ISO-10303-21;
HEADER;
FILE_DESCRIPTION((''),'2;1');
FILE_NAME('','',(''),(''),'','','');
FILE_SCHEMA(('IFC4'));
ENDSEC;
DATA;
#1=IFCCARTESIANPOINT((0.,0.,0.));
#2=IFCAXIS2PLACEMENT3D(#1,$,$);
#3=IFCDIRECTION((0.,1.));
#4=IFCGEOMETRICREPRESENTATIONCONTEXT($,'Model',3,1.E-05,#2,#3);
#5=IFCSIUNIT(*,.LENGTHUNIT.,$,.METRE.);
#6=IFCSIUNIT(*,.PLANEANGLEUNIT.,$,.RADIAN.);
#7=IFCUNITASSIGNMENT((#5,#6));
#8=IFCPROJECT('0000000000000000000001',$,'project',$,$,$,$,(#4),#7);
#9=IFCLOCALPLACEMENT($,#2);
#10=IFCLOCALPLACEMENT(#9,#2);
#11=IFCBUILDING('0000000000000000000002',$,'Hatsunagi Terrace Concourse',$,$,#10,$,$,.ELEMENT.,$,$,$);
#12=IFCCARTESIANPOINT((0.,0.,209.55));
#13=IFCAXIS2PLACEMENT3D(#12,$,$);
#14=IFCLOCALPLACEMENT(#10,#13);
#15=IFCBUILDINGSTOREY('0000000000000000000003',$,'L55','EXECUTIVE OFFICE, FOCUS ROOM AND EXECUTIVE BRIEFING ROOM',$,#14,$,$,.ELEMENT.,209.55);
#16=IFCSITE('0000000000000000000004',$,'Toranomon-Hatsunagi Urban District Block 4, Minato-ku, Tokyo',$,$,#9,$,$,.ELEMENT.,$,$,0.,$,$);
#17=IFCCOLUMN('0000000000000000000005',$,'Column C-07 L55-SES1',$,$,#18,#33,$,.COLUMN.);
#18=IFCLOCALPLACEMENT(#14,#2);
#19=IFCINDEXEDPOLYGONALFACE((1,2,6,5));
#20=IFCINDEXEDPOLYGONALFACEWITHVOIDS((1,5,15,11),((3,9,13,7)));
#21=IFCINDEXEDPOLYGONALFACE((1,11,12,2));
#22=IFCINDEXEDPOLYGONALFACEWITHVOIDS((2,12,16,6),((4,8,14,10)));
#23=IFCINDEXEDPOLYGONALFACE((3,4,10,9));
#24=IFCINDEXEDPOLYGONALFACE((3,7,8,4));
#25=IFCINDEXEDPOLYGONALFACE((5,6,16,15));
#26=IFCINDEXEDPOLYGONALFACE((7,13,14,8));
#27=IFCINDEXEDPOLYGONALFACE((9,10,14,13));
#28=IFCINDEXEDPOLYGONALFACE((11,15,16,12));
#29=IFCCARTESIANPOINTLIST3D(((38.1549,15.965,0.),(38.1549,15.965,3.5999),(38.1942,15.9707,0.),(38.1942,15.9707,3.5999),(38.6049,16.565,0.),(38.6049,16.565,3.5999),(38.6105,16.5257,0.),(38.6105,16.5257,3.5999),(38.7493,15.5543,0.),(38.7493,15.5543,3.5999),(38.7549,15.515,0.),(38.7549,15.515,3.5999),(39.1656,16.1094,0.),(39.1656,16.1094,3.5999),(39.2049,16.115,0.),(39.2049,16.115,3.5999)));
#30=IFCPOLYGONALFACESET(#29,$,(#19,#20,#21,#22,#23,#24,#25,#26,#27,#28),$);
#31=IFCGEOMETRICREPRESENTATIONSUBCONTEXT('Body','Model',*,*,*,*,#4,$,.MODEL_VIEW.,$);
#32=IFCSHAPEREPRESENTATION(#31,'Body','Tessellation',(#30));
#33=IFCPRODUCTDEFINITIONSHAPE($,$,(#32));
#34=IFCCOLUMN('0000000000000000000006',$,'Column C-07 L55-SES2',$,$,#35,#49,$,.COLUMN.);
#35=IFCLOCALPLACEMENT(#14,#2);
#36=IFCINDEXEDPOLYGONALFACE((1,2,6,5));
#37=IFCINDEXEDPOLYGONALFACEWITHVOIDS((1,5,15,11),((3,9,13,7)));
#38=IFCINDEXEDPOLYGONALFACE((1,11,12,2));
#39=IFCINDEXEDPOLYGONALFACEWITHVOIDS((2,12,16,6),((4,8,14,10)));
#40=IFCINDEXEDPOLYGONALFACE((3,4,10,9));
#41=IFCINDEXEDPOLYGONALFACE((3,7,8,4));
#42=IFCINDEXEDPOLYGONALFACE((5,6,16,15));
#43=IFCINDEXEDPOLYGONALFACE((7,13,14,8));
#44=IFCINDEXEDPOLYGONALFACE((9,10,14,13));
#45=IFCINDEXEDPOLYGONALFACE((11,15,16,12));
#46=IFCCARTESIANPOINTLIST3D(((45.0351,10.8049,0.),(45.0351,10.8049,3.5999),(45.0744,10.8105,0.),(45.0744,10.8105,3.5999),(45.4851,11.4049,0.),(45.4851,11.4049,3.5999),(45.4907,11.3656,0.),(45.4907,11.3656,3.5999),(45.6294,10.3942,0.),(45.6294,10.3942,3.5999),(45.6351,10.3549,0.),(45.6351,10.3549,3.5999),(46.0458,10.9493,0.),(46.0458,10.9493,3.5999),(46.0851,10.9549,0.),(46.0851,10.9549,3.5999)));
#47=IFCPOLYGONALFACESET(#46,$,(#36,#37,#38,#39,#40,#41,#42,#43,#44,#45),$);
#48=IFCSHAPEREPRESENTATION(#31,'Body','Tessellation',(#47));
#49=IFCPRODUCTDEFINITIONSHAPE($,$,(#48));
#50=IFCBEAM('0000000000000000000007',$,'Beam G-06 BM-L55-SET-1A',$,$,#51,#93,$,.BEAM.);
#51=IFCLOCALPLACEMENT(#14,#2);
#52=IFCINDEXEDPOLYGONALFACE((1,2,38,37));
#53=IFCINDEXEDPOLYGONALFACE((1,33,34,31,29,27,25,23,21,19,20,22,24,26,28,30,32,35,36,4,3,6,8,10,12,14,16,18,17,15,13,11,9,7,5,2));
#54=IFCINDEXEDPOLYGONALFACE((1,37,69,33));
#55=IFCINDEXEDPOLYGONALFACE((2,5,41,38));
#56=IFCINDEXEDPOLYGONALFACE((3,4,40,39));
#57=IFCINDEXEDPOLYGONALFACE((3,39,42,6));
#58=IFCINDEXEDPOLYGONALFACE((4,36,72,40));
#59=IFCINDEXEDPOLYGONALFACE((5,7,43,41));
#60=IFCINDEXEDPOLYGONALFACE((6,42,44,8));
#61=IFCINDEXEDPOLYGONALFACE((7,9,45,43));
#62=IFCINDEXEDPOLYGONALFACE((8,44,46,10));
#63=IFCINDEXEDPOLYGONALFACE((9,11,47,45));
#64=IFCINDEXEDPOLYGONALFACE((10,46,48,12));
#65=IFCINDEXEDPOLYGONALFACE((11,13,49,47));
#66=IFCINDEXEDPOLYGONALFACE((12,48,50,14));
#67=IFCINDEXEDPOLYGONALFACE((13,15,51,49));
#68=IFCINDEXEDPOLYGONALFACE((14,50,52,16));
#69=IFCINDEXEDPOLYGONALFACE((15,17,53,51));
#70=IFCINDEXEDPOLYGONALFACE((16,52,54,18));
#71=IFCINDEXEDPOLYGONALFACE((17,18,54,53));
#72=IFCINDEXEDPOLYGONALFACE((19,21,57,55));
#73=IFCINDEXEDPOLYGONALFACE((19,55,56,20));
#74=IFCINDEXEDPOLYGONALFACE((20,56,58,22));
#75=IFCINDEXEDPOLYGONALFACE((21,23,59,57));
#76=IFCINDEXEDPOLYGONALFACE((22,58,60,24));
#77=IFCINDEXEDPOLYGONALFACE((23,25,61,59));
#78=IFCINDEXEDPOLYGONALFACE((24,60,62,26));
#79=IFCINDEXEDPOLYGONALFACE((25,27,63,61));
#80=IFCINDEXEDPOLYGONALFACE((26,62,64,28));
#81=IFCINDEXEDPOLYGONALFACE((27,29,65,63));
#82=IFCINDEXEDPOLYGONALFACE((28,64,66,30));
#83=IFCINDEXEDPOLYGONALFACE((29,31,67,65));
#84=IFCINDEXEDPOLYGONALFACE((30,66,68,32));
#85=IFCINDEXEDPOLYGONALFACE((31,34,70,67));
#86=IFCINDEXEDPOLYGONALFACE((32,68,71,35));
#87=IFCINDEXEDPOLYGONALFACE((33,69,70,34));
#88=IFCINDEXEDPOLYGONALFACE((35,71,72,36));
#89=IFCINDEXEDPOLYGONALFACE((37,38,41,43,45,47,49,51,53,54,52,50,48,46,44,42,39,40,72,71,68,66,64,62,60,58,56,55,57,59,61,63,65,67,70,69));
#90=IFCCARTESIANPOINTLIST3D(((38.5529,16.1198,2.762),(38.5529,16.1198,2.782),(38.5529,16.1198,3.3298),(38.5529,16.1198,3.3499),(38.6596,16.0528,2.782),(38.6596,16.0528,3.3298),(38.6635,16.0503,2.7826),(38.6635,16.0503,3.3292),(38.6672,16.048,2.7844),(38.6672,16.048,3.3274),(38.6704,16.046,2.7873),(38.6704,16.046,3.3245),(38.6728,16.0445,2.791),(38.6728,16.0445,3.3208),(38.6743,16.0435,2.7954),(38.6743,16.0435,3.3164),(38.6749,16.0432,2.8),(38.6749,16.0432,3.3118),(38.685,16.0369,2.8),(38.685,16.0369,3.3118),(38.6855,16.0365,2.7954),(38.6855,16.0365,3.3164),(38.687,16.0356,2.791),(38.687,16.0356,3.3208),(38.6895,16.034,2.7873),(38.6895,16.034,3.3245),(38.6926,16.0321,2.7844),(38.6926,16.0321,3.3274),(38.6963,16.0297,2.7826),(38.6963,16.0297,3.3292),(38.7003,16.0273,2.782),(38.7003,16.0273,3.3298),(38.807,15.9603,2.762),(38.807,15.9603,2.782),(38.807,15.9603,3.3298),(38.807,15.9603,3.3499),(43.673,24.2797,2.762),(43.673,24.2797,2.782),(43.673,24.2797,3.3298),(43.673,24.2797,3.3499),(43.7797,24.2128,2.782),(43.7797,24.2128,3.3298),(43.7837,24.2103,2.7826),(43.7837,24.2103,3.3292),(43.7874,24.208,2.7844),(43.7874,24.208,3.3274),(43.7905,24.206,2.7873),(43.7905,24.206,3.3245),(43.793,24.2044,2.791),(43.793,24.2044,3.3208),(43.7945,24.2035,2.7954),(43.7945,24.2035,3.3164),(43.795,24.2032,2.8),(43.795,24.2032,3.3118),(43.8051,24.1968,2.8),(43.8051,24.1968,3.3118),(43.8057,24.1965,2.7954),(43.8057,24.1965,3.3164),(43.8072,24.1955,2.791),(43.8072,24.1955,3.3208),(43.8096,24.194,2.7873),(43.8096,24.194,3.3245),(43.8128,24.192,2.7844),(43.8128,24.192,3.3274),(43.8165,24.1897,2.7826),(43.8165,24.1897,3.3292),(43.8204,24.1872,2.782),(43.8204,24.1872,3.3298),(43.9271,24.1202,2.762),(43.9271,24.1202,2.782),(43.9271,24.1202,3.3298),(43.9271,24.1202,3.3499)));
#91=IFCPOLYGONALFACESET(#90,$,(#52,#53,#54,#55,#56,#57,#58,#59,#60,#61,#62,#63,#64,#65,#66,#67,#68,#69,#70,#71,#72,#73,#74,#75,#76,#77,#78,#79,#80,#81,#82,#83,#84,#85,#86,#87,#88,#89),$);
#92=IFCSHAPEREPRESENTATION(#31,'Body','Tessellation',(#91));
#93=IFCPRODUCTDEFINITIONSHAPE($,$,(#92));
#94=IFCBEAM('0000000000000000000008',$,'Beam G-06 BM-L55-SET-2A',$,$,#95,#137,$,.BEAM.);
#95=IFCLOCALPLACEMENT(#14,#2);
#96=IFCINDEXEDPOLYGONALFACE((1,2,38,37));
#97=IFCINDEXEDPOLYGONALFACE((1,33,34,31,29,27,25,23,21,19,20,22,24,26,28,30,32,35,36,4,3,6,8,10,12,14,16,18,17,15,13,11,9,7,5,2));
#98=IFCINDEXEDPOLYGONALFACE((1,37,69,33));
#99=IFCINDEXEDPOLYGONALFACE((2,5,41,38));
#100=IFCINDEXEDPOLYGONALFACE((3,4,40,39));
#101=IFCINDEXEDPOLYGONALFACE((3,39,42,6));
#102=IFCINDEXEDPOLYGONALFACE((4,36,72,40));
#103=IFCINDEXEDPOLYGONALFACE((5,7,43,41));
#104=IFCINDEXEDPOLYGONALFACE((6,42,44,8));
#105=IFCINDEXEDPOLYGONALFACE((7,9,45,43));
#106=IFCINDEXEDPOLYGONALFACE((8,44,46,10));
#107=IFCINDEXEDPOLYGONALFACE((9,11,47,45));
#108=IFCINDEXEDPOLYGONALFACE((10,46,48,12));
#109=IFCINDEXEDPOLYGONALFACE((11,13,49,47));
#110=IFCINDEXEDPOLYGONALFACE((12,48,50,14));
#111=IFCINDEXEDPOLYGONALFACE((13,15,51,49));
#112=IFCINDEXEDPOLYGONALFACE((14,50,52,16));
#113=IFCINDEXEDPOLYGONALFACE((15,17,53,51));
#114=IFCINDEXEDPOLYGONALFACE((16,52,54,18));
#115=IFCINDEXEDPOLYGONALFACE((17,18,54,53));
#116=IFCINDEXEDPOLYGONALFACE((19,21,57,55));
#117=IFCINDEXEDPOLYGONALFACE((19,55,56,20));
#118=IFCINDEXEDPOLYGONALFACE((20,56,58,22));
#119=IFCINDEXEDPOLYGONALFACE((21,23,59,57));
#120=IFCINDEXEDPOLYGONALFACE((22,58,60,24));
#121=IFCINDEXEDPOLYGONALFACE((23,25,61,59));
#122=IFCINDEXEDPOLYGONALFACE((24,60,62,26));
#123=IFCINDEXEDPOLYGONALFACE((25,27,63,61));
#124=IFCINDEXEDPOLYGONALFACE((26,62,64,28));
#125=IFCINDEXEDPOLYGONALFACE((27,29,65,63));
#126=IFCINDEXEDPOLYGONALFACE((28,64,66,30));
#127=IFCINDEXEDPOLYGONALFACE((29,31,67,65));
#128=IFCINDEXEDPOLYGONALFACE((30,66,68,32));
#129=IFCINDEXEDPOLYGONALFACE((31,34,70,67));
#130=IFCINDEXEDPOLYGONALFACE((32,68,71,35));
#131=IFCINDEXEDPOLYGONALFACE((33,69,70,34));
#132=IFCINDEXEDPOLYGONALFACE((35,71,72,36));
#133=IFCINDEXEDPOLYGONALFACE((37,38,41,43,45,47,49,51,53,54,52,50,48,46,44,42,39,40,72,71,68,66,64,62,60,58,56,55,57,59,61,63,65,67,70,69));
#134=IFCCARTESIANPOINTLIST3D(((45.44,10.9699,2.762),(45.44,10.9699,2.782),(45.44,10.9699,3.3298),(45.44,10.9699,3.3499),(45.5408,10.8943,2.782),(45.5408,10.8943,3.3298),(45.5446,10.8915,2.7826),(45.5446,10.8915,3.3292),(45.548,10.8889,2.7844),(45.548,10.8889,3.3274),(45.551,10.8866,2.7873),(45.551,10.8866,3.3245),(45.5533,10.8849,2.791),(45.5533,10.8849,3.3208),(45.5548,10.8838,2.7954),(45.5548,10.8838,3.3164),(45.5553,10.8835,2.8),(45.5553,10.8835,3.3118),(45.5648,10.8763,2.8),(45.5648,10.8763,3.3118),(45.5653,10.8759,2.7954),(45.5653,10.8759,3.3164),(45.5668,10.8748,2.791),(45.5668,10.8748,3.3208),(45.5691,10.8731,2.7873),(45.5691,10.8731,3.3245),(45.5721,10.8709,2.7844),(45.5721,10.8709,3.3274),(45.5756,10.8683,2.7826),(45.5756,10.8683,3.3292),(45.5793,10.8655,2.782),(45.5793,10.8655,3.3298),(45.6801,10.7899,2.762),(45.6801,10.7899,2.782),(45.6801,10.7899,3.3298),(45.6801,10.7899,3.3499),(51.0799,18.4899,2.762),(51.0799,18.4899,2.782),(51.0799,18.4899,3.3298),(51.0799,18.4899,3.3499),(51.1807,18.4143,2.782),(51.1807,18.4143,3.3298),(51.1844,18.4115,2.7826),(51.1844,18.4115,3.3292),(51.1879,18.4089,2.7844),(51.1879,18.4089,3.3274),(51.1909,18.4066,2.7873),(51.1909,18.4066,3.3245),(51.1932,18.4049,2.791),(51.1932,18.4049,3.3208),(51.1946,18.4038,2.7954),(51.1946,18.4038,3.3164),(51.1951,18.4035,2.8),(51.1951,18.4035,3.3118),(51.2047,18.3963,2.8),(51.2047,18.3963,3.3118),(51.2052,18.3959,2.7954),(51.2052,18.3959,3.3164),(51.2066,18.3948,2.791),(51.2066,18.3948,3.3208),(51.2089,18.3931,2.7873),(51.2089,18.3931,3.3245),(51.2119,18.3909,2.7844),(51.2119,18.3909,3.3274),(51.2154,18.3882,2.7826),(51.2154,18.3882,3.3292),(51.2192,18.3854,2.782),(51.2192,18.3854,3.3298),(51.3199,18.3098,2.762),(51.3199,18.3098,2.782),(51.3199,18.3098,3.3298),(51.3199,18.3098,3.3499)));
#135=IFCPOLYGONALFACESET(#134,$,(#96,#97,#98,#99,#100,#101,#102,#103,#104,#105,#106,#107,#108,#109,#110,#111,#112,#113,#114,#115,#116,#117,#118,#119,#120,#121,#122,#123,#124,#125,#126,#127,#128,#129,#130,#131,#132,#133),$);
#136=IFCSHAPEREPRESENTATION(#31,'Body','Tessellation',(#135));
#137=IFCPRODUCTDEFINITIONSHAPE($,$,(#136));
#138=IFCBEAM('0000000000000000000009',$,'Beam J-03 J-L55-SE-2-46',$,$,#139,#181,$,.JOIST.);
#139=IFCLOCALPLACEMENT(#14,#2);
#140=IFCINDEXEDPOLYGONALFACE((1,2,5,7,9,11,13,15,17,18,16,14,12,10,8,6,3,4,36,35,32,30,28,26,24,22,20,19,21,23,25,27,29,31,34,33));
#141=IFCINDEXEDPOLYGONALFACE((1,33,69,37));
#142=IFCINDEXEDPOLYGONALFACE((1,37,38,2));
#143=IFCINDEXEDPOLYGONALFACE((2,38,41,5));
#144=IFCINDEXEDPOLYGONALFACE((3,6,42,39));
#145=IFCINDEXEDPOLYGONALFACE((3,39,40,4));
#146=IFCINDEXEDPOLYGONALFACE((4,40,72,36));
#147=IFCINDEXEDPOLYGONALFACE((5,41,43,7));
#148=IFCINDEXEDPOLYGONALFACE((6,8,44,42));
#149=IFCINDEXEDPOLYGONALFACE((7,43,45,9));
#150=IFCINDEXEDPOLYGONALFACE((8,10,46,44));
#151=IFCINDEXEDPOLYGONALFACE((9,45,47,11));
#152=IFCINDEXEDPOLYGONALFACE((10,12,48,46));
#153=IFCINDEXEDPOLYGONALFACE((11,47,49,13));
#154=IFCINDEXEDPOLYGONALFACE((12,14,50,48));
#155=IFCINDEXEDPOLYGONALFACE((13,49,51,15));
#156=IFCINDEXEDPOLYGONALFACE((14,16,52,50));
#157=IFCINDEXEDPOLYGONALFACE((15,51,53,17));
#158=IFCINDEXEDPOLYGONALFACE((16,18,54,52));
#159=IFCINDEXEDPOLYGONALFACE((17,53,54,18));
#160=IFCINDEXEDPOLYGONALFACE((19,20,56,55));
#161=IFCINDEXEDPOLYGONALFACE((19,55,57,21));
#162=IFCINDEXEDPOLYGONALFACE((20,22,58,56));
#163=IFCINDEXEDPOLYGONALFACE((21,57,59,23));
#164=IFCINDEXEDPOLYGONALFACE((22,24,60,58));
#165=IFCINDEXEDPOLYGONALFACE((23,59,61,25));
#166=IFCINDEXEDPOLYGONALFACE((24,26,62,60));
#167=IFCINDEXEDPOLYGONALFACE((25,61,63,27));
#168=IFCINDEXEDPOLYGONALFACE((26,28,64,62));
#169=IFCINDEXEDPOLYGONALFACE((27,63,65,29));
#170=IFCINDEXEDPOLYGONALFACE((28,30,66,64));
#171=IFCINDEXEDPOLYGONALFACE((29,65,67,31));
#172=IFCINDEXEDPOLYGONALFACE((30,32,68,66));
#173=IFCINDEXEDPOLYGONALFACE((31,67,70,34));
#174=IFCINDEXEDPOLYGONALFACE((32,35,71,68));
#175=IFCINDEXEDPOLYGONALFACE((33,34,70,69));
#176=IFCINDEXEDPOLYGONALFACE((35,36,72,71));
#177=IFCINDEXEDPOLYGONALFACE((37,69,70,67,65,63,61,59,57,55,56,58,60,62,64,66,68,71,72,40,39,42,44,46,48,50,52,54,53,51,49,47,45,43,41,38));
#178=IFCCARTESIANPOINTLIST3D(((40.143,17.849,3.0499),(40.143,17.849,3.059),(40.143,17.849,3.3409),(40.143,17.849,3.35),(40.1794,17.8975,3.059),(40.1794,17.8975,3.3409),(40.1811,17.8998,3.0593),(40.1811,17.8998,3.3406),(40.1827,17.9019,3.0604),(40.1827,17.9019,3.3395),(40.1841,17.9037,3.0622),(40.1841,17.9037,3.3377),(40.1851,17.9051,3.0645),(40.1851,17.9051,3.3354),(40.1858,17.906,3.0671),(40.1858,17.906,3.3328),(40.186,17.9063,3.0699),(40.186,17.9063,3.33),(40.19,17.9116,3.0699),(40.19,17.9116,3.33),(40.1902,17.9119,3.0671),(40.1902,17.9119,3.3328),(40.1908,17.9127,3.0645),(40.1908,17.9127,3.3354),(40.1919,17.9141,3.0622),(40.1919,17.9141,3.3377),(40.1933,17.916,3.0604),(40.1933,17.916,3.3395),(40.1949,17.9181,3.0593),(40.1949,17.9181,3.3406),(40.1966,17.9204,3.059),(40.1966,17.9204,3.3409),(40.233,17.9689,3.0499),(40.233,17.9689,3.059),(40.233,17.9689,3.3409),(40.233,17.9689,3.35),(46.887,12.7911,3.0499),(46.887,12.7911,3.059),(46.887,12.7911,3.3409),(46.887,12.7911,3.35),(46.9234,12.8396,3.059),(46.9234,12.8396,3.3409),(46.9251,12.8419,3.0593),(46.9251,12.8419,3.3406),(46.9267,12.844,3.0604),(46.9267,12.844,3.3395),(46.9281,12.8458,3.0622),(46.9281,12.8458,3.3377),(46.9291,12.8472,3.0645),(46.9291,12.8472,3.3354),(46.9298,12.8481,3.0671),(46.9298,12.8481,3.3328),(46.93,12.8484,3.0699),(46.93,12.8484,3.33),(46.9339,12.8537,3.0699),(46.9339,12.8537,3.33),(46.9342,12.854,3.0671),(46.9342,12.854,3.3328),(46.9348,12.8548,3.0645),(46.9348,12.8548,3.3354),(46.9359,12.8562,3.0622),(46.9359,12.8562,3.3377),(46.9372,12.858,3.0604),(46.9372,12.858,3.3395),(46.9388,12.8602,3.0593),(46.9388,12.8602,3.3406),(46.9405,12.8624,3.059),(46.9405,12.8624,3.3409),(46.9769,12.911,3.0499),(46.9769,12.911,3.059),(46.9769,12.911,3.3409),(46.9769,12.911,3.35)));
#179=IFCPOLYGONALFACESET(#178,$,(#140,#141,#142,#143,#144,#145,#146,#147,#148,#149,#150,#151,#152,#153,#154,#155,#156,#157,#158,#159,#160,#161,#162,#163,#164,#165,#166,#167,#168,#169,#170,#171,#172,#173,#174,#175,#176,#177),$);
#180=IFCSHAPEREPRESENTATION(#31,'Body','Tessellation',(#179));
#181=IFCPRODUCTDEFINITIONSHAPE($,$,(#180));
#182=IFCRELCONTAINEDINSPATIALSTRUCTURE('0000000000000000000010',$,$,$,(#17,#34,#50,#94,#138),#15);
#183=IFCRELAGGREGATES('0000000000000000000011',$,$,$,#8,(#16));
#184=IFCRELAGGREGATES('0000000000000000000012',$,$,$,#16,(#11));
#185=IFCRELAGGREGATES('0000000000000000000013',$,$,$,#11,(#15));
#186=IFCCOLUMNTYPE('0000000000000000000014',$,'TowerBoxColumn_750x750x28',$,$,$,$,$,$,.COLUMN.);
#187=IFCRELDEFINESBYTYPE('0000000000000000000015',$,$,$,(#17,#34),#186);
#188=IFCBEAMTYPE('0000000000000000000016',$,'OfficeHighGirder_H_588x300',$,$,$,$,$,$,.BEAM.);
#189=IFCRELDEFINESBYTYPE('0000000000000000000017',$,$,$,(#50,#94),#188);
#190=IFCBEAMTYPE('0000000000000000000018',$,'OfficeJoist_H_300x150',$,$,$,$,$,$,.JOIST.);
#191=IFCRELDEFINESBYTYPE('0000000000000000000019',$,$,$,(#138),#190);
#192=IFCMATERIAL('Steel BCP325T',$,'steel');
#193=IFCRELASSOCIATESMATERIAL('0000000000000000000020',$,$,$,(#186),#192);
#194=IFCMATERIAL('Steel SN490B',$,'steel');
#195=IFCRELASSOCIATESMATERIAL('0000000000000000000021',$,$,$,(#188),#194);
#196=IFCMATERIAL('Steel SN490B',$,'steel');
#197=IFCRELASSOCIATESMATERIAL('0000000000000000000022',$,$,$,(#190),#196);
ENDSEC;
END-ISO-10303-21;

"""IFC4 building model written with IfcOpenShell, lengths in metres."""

from ifc_helpers import new_model, si_unit, direction, frame, origin, origin_2d, place, context, subcontext, project, spatial, hollow_rectangle, i_section, extrude, material, material_profile, profile_set, type_object, element, save


model = new_model("IFC4")

# Units and contexts
model_context = context("Model", 3, precision=1e-05, world=origin(), true_north=direction((0.0, 1.0)))
body_context = subcontext(model_context, "Body", "Model", "MODEL_VIEW")
ifc_project = project(units=[si_unit("LENGTHUNIT", "METRE"), si_unit("PLANEANGLEUNIT", "RADIAN")], contexts=[model_context])

# Site, building, storey
site_placement = place(None, origin())
site = spatial("IfcSite", under=ifc_project, at=site_placement, Name="Toranomon-Hatsunagi Urban District Block 4, Minato-ku, Tokyo", CompositionType="ELEMENT", RefElevation=0.0)
building_placement = place(site_placement, origin())
building = spatial("IfcBuilding", under=site, at=building_placement, Name="Hatsunagi Terrace Concourse", CompositionType="ELEMENT")
storey_placement = place(building_placement, frame((0.0, 0.0, 209.55)))
storey = spatial("IfcBuildingStorey", under=building, at=storey_placement, Name="L55", Description="EXECUTIVE OFFICE, FOCUS ROOM AND EXECUTIVE BRIEFING ROOM", CompositionType="ELEMENT", Elevation=209.55)

# Columns
ifc_material_1 = material(Name="Steel BCP325T", Category="steel")
ifc_material_profile_1 = material_profile(ifc_material_1, hollow_rectangle(XDim=0.75, YDim=0.75, WallThickness=0.0281, at=origin_2d()), Name="BCP-750x750x28")
ifc_profile_set_1 = profile_set([ifc_material_profile_1], Name="Steel BCP325T")
column_type = type_object("IfcColumnType", Name="TowerBoxColumn_750x750x28", PredefinedType="COLUMN", material=ifc_profile_set_1)
for number, where, z_axis, x_axis, name in (
    (1, (38.6799, 16.04, 0.0), (0.0, 0.0, 1.0), (0.8, -0.6, 0.0), "Column C-07 L55-SES1"),
    (2, (45.5601, 10.8799, 0.0), (0.0, 0.0, 1.0), (0.8, -0.6, 0.0), "Column C-07 L55-SES2"),
):
    element("IfcColumn", number, at=place(storey_placement, frame(where, z_axis=z_axis, x_axis=x_axis)), inside=storey, type_object=column_type, Name=name, PredefinedType="COLUMN", context=body_context, shape_type="SweptSolid", body=[
        extrude(hollow_rectangle(XDim=0.75, YDim=0.75, WallThickness=0.0281, at=origin_2d()), origin(), (0.0, 0.0, 1.0), 3.5999),
    ])

# Beams
ifc_material_2 = material(Name="Steel SN490B", Category="steel")
ifc_material_profile_2 = material_profile(ifc_material_2, i_section(OverallWidth=0.3, OverallDepth=0.5879, WebThickness=0.012, FlangeThickness=0.02, FilletRadius=0.0181, at=origin_2d()), Name="H-588x300x12x20")
ifc_profile_set_2 = profile_set([ifc_material_profile_2], Name="Steel SN490B")
beam_type_1 = type_object("IfcBeamType", Name="OfficeHighGirder_H_588x300", PredefinedType="BEAM", material=ifc_profile_set_2)
beam_1_placement = place(storey_placement, frame((38.6799, 16.04, 3.0559), z_axis=(0.531504, 0.847056, 0.0), x_axis=(-0.847056, 0.531504, 0.0)))
element("IfcBeam", 3, at=beam_1_placement, inside=storey, type_object=beam_type_1, Name="Beam G-06 BM-L55-SET-1A", PredefinedType="BEAM", context=body_context, shape_type="SweptSolid", body=[
    extrude(i_section(OverallWidth=0.3, OverallDepth=0.5879, WebThickness=0.012, FlangeThickness=0.02, FilletRadius=0.0181, at=origin_2d()), origin(), (0.0, 0.0, 1.0), 9.6333),
])
beam_2_placement = place(storey_placement, frame((45.5601, 10.8799, 3.0559), z_axis=(0.599992, 0.800006, 0.0), x_axis=(-0.800006, 0.599992, 0.0)))
element("IfcBeam", 4, at=beam_2_placement, inside=storey, type_object=beam_type_1, Name="Beam G-06 BM-L55-SET-2A", PredefinedType="BEAM", context=body_context, shape_type="SweptSolid", body=[
    extrude(i_section(OverallWidth=0.3, OverallDepth=0.5879, WebThickness=0.012, FlangeThickness=0.02, FilletRadius=0.0181, at=origin_2d()), origin(), (0.0, 0.0, 1.0), 9.3999),
])
ifc_material_3 = material(Name="Steel SN490B", Category="steel")
ifc_material_profile_3 = material_profile(ifc_material_3, i_section(OverallWidth=0.1499, OverallDepth=0.3, WebThickness=0.0066, FlangeThickness=0.009, FilletRadius=0.011, at=origin_2d()), Name="H-300x150x6.5x9")
ifc_profile_set_3 = profile_set([ifc_material_profile_3], Name="Steel SN490B")
beam_type_2 = type_object("IfcBeamType", Name="OfficeJoist_H_300x150", PredefinedType="JOIST", material=ifc_profile_set_3)
for number, where, z_axis, x_axis, name in (
    (5, (40.188, 17.9089, 3.2), (0.800003, -0.599995, 0.0), (0.599995, 0.800003, 0.0), "Beam J-03 J-L55-SE-2-46"),
):
    element("IfcBeam", number, at=place(storey_placement, frame(where, z_axis=z_axis, x_axis=x_axis)), inside=storey, type_object=beam_type_2, Name=name, PredefinedType="JOIST", context=body_context, shape_type="SweptSolid", body=[
        extrude(i_section(OverallWidth=0.1499, OverallDepth=0.3, WebThickness=0.0066, FlangeThickness=0.009, FilletRadius=0.011, at=origin_2d()), origin(), (0.0, 0.0, 1.0), 8.4299),
    ])

save(model, "model.ifc")
